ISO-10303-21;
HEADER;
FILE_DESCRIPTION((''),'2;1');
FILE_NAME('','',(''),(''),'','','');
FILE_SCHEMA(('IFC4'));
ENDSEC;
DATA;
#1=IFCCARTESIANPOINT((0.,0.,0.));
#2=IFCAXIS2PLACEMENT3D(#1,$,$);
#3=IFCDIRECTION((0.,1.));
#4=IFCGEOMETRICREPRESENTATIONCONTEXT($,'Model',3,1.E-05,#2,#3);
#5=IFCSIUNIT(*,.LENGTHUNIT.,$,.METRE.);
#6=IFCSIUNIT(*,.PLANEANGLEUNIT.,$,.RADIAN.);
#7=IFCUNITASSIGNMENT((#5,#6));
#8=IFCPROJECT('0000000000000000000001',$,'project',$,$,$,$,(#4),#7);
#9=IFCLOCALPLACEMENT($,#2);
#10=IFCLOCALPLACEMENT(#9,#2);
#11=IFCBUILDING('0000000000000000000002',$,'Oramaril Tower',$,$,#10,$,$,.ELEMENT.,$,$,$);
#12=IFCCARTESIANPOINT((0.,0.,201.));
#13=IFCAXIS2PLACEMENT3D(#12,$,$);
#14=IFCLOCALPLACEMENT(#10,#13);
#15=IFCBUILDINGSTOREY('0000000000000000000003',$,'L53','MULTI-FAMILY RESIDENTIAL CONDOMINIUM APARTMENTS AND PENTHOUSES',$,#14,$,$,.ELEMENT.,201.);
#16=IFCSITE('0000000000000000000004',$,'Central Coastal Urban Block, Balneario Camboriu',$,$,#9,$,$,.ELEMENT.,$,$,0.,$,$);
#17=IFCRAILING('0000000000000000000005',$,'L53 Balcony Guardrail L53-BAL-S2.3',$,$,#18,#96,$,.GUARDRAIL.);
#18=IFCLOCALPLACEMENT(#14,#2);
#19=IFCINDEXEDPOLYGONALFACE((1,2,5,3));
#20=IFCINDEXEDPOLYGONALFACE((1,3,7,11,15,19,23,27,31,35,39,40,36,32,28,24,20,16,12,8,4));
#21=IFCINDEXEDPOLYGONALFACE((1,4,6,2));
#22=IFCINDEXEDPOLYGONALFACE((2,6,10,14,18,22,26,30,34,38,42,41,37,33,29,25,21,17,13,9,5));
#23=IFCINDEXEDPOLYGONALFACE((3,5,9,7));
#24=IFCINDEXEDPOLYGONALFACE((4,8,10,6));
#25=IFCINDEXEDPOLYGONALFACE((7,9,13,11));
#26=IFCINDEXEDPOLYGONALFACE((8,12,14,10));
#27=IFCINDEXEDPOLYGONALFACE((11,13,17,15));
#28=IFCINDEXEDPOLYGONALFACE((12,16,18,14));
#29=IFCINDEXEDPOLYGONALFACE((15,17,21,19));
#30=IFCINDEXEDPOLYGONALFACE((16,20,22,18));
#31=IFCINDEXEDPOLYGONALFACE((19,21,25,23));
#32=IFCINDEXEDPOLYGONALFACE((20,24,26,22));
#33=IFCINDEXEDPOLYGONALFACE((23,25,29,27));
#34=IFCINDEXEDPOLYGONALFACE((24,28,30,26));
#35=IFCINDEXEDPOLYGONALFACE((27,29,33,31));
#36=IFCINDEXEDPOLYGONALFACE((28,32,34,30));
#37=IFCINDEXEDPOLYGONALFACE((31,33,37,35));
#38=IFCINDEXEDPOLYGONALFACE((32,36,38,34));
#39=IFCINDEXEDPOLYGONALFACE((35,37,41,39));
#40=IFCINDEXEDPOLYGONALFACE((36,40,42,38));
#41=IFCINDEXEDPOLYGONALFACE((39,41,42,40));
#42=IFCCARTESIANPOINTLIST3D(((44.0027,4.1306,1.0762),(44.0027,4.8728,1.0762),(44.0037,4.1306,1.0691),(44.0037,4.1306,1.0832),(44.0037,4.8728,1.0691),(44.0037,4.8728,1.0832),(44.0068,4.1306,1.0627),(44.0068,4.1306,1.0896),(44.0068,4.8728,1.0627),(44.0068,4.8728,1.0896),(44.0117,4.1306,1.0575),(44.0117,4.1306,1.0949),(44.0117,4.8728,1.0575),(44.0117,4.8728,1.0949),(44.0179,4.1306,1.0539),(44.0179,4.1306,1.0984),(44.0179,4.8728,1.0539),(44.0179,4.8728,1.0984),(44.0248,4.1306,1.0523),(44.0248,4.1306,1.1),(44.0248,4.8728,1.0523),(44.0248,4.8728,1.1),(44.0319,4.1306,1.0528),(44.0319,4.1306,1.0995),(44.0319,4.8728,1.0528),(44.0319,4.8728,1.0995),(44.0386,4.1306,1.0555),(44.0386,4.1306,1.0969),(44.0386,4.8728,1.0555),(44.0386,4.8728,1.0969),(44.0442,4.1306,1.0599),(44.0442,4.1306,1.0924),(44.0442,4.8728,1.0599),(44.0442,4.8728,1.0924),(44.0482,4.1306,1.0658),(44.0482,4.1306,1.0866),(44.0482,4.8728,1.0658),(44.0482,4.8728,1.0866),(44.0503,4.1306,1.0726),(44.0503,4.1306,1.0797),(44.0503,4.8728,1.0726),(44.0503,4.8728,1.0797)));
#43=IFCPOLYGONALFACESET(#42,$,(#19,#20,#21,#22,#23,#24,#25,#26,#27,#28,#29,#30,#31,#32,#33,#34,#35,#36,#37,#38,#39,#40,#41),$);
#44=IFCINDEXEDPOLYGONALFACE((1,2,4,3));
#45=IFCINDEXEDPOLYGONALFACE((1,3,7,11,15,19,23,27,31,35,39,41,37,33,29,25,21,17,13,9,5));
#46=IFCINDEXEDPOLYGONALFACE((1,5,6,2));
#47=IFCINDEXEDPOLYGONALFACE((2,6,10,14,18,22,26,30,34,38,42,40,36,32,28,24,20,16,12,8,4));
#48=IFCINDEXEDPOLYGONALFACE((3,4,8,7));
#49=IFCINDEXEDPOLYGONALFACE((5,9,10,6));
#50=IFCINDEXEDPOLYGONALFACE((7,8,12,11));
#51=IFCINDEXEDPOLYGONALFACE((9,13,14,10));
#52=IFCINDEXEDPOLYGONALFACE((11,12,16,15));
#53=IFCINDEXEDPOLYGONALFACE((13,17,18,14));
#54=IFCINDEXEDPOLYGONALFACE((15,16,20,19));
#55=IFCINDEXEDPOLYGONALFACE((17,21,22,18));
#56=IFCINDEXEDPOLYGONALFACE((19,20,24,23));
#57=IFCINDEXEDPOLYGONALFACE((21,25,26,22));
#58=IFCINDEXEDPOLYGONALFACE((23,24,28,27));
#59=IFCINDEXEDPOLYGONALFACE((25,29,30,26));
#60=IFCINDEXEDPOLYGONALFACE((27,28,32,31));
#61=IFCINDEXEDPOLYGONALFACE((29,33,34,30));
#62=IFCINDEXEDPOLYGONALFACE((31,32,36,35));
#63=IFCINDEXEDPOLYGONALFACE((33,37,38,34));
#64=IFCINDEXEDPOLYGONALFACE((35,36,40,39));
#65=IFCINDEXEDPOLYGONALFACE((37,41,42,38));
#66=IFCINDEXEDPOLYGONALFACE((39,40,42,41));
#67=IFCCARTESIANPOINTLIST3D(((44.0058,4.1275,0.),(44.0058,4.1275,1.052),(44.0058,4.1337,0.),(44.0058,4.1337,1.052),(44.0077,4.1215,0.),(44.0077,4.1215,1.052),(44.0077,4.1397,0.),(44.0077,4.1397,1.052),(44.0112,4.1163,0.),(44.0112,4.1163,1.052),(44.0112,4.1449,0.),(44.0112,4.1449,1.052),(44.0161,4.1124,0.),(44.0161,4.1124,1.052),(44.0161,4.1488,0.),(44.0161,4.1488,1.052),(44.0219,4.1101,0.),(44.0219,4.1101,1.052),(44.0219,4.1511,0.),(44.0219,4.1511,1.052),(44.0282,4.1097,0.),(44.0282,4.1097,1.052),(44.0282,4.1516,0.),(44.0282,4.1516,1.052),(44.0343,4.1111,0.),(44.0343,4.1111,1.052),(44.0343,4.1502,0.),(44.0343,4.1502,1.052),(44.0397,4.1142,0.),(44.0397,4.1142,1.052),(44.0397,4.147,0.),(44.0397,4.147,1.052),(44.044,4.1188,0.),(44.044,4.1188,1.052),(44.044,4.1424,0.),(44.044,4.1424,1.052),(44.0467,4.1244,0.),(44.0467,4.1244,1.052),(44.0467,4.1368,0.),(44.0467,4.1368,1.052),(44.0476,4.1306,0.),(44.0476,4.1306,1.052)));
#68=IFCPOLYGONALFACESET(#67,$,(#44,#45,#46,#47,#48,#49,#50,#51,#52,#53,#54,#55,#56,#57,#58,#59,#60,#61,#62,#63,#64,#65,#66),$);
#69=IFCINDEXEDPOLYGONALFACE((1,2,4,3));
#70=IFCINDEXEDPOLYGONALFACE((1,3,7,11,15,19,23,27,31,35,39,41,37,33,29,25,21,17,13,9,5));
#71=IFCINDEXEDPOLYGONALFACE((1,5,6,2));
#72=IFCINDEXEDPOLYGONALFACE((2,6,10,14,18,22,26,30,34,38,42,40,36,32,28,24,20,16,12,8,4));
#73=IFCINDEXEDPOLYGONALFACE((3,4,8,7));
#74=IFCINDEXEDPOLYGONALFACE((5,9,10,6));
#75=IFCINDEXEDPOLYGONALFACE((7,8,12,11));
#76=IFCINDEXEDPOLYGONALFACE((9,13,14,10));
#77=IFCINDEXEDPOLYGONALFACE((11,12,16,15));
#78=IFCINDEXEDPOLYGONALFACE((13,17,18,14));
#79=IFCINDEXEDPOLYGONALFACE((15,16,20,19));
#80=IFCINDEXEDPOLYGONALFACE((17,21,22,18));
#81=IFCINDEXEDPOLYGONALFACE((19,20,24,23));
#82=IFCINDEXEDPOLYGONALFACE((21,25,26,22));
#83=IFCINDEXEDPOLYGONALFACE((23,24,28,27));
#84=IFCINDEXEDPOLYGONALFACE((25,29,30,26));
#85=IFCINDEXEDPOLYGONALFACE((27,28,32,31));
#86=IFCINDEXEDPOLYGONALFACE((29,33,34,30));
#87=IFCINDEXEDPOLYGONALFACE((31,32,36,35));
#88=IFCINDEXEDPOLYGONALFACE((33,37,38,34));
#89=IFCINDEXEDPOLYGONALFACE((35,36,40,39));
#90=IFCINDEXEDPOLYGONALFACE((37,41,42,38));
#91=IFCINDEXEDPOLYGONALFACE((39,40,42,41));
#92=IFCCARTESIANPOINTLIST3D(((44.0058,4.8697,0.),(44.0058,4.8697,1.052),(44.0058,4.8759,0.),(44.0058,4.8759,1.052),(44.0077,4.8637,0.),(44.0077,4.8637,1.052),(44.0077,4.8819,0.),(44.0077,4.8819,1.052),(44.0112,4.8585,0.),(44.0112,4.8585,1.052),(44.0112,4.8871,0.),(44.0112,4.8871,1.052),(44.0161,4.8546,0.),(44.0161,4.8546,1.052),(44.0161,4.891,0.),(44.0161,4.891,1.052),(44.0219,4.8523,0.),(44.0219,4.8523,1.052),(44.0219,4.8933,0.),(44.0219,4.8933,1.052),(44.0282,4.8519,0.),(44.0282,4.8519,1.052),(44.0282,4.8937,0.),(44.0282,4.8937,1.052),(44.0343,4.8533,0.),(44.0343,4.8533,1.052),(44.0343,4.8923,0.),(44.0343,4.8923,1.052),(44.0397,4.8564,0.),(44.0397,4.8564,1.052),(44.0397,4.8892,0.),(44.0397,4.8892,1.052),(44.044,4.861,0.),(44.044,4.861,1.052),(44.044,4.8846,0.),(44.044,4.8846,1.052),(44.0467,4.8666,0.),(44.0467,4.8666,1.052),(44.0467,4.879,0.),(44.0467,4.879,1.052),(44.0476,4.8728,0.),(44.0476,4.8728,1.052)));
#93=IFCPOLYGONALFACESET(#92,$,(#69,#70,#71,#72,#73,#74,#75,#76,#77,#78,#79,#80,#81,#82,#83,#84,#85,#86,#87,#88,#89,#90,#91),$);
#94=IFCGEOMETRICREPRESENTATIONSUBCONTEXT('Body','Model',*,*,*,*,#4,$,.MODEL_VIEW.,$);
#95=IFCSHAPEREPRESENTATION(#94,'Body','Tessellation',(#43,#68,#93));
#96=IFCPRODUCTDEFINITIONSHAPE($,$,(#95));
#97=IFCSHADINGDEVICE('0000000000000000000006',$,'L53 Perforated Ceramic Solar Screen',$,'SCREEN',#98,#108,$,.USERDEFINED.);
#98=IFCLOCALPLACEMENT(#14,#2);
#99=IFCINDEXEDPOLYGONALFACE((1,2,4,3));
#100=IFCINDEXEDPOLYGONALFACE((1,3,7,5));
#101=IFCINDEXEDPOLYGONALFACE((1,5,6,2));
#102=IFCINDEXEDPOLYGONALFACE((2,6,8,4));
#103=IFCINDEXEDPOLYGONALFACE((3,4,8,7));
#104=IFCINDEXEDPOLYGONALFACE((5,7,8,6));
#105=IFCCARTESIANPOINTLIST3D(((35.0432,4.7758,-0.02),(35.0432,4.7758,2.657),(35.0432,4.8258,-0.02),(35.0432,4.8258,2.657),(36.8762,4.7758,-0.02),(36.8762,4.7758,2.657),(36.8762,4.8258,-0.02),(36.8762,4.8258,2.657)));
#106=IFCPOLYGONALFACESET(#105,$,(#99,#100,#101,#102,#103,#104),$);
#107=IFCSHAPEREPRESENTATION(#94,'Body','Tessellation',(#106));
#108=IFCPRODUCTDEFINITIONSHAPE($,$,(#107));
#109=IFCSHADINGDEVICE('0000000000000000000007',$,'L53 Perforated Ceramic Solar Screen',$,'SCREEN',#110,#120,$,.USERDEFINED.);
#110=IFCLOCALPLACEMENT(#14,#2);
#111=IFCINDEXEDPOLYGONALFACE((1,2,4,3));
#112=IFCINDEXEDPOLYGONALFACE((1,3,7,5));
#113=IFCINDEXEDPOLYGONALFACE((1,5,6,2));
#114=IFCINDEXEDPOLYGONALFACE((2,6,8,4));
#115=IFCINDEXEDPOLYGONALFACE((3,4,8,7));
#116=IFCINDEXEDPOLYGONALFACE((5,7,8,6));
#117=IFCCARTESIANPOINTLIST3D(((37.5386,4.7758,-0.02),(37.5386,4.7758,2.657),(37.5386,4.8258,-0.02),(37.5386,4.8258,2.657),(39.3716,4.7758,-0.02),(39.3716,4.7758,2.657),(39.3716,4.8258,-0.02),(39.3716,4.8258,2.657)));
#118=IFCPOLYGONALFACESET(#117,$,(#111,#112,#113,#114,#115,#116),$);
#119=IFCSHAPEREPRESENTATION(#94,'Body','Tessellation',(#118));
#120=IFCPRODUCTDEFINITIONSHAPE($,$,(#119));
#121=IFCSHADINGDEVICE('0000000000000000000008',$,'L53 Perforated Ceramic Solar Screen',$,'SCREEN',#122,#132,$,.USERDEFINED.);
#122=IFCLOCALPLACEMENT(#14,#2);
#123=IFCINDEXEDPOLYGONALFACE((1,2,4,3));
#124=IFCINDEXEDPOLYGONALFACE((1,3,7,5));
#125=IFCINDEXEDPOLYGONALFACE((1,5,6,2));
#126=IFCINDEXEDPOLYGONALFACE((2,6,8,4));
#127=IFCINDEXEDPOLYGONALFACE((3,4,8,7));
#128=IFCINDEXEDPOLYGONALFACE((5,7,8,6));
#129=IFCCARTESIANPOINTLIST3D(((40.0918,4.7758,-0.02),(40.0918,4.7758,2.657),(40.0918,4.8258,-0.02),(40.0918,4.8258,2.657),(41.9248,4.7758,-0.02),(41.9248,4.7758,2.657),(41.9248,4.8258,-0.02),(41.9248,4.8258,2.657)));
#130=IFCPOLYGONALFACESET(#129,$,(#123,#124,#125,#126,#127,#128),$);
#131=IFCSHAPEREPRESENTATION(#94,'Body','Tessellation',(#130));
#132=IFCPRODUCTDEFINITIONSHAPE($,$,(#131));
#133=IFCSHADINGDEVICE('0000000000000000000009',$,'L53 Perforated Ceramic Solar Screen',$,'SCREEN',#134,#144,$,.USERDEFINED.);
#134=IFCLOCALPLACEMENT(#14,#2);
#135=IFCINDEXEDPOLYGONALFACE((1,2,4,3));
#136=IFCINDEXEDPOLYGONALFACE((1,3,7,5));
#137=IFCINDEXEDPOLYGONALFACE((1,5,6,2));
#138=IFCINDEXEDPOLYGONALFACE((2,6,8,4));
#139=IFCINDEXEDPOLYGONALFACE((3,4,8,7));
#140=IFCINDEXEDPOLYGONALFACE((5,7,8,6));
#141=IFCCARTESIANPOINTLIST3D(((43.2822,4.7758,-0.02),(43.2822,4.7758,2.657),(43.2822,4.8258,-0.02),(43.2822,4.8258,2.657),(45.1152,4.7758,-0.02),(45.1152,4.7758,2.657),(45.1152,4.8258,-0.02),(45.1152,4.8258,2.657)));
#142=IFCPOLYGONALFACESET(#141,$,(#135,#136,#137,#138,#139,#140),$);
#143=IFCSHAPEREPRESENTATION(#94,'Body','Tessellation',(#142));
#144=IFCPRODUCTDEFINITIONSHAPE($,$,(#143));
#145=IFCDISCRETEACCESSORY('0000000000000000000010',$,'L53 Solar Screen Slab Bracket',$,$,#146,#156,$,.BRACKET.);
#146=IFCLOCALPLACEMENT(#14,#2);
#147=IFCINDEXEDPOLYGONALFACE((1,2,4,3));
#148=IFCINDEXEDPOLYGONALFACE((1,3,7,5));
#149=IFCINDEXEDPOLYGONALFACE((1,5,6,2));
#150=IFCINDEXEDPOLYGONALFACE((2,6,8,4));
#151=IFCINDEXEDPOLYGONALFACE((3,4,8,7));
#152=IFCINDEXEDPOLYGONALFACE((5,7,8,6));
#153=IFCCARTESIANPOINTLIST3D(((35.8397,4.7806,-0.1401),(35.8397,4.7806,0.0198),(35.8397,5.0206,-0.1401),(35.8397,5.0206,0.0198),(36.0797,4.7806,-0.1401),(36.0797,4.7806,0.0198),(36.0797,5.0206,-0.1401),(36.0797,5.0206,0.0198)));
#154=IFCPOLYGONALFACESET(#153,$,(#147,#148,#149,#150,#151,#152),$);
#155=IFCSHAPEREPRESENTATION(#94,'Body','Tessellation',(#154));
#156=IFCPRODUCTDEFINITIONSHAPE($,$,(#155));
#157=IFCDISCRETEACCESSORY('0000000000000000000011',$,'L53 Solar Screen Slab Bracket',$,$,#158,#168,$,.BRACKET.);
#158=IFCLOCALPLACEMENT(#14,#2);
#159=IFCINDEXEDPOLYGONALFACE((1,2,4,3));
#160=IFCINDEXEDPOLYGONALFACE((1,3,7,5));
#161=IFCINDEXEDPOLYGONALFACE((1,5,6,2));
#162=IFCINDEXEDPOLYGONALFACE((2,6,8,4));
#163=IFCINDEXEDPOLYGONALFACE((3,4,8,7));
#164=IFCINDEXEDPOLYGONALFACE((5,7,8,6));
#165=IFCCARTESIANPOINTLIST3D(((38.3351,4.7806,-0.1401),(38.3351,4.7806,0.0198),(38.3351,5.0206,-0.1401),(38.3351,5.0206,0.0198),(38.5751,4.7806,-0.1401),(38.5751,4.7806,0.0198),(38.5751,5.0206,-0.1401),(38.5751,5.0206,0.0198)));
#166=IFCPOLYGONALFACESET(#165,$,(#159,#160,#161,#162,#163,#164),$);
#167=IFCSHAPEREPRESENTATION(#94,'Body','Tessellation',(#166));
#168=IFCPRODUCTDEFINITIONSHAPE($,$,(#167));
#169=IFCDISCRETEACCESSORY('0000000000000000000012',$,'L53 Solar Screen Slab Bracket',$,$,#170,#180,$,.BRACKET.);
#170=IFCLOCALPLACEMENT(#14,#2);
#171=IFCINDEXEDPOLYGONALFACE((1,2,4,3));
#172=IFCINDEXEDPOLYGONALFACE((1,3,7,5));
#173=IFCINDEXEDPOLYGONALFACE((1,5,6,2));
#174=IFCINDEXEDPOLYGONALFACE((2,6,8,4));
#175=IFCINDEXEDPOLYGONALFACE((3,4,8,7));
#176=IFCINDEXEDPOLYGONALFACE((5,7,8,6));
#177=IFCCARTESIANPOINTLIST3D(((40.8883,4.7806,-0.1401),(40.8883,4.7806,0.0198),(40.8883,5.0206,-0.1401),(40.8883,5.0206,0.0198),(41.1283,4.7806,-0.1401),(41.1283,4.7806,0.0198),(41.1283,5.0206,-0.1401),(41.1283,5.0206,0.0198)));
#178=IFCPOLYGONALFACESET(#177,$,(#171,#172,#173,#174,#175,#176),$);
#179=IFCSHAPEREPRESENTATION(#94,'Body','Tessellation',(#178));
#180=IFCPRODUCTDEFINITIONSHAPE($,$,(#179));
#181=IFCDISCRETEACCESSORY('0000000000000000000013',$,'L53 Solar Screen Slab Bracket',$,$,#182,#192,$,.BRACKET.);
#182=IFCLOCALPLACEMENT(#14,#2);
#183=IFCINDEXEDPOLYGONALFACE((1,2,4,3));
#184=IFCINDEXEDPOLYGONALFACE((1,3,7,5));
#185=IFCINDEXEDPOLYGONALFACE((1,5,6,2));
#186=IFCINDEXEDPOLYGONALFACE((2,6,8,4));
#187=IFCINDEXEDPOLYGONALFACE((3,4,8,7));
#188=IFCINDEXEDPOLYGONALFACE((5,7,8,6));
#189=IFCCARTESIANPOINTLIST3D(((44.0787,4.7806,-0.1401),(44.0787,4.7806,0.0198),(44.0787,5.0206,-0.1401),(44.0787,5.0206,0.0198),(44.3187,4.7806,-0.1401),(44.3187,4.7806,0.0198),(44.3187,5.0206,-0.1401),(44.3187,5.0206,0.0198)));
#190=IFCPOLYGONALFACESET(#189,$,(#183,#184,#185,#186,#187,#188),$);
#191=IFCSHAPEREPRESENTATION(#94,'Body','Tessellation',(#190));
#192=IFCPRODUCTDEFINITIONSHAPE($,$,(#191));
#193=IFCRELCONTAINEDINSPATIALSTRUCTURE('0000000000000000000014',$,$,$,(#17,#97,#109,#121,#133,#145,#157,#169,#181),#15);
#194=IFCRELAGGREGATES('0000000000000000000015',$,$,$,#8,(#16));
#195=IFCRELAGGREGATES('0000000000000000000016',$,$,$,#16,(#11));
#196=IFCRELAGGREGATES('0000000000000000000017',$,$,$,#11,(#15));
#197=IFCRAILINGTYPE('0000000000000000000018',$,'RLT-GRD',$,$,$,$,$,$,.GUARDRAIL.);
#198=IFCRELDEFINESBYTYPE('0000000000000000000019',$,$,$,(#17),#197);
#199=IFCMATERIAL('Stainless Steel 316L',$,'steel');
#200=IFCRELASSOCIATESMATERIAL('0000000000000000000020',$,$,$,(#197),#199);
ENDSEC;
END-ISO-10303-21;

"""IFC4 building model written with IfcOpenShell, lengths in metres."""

from ifc_helpers import new_model, si_unit, direction, frame, origin, origin_2d, place, context, subcontext, project, spatial, rectangle, circle, extrude, material, type_object, element, save


model = new_model("IFC4")

# Units and contexts
model_context = context("Model", 3, precision=1e-05, world=origin(), true_north=direction((0.0, 1.0)))
body_context = subcontext(model_context, "Body", "Model", "MODEL_VIEW")
ifc_project = project(units=[si_unit("LENGTHUNIT", "METRE"), si_unit("PLANEANGLEUNIT", "RADIAN")], contexts=[model_context])

# Site, building, storey
site_placement = place(None, origin())
site = spatial("IfcSite", under=ifc_project, at=site_placement, Name="Central Coastal Urban Block, Balneario Camboriu", CompositionType="ELEMENT", RefElevation=0.0)
building_placement = place(site_placement, origin())
building = spatial("IfcBuilding", under=site, at=building_placement, Name="Oramaril Tower", CompositionType="ELEMENT")
storey_placement = place(building_placement, frame((0.0, 0.0, 201.0)))
storey = spatial("IfcBuildingStorey", under=building, at=storey_placement, Name="L53", Description="MULTI-FAMILY RESIDENTIAL CONDOMINIUM APARTMENTS AND PENTHOUSES", CompositionType="ELEMENT", Elevation=201.0)

# Railing
ifc_material_1 = material(Name="Stainless Steel 316L", Category="steel")
railing_type = type_object("IfcRailingType", Name="RLT-GRD", PredefinedType="GUARDRAIL", material=ifc_material_1)
railing_placement = place(storey_placement, frame((44.0266, 4.1306, 0.0)))
element("IfcRailing", 1, at=railing_placement, inside=storey, type_object=railing_type, Name="L53 Balcony Guardrail L53-BAL-S2.3", PredefinedType="GUARDRAIL", context=body_context, shape_type="SweptSolid", body=[
    extrude(circle(Radius=0.0239, at=origin_2d()), frame((0.0, 0.0, 1.0762), z_axis=(0.0, 1.0, 0.0), x_axis=(-1.0, 0.0, 0.0)), (0.0, 0.0, 1.0), 0.7422),
    extrude(circle(Radius=0.021, at=origin_2d()), origin(), (0.0, 0.0, 1.0), 1.052),
    extrude(circle(Radius=0.021, at=origin_2d()), frame((0.0, 0.7422, 0.0)), (0.0, 0.0, 1.0), 1.052),
])

# Shading devices
for number, where, z_axis, x_axis, name in (
    (2, (35.9597, 4.8008, -0.02), (0.0, 0.0, 1.0), (1.0, 0.0, 0.0), "L53 Perforated Ceramic Solar Screen"),
    (3, (38.4551, 4.8008, -0.02), (0.0, 0.0, 1.0), (1.0, 0.0, 0.0), "L53 Perforated Ceramic Solar Screen"),
    (4, (41.0083, 4.8008, -0.02), (0.0, 0.0, 1.0), (1.0, 0.0, 0.0), "L53 Perforated Ceramic Solar Screen"),
    (5, (44.1987, 4.8008, -0.02), (0.0, 0.0, 1.0), (1.0, 0.0, 0.0), "L53 Perforated Ceramic Solar Screen"),
):
    element("IfcShadingDevice", number, at=place(storey_placement, frame(where, z_axis=z_axis, x_axis=x_axis)), inside=storey, Name=name, ObjectType="SCREEN", PredefinedType="USERDEFINED", context=body_context, shape_type="SweptSolid", body=[
        extrude(rectangle(XDim=1.833, YDim=0.05, at=origin_2d()), origin(), (0.0, 0.0, 1.0), 2.677),
    ])

# Discrete accessories
for number, where, z_axis, x_axis, name in (
    (6, (35.9597, 4.9006, -0.1401), (0.0, 0.0, 1.0), (1.0, 0.0, 0.0), "L53 Solar Screen Slab Bracket"),
    (7, (38.4551, 4.9006, -0.1401), (0.0, 0.0, 1.0), (1.0, 0.0, 0.0), "L53 Solar Screen Slab Bracket"),
    (8, (41.0083, 4.9006, -0.1401), (0.0, 0.0, 1.0), (1.0, 0.0, 0.0), "L53 Solar Screen Slab Bracket"),
    (9, (44.1987, 4.9006, -0.1401), (0.0, 0.0, 1.0), (1.0, 0.0, 0.0), "L53 Solar Screen Slab Bracket"),
):
    element("IfcDiscreteAccessory", number, at=place(storey_placement, frame(where, z_axis=z_axis, x_axis=x_axis)), inside=storey, Name=name, PredefinedType="BRACKET", context=body_context, shape_type="SweptSolid", body=[
        extrude(rectangle(XDim=0.24, YDim=0.24, at=origin_2d()), origin(), (0.0, 0.0, 1.0), 0.1599),
    ])

save(model, "model.ifc")
